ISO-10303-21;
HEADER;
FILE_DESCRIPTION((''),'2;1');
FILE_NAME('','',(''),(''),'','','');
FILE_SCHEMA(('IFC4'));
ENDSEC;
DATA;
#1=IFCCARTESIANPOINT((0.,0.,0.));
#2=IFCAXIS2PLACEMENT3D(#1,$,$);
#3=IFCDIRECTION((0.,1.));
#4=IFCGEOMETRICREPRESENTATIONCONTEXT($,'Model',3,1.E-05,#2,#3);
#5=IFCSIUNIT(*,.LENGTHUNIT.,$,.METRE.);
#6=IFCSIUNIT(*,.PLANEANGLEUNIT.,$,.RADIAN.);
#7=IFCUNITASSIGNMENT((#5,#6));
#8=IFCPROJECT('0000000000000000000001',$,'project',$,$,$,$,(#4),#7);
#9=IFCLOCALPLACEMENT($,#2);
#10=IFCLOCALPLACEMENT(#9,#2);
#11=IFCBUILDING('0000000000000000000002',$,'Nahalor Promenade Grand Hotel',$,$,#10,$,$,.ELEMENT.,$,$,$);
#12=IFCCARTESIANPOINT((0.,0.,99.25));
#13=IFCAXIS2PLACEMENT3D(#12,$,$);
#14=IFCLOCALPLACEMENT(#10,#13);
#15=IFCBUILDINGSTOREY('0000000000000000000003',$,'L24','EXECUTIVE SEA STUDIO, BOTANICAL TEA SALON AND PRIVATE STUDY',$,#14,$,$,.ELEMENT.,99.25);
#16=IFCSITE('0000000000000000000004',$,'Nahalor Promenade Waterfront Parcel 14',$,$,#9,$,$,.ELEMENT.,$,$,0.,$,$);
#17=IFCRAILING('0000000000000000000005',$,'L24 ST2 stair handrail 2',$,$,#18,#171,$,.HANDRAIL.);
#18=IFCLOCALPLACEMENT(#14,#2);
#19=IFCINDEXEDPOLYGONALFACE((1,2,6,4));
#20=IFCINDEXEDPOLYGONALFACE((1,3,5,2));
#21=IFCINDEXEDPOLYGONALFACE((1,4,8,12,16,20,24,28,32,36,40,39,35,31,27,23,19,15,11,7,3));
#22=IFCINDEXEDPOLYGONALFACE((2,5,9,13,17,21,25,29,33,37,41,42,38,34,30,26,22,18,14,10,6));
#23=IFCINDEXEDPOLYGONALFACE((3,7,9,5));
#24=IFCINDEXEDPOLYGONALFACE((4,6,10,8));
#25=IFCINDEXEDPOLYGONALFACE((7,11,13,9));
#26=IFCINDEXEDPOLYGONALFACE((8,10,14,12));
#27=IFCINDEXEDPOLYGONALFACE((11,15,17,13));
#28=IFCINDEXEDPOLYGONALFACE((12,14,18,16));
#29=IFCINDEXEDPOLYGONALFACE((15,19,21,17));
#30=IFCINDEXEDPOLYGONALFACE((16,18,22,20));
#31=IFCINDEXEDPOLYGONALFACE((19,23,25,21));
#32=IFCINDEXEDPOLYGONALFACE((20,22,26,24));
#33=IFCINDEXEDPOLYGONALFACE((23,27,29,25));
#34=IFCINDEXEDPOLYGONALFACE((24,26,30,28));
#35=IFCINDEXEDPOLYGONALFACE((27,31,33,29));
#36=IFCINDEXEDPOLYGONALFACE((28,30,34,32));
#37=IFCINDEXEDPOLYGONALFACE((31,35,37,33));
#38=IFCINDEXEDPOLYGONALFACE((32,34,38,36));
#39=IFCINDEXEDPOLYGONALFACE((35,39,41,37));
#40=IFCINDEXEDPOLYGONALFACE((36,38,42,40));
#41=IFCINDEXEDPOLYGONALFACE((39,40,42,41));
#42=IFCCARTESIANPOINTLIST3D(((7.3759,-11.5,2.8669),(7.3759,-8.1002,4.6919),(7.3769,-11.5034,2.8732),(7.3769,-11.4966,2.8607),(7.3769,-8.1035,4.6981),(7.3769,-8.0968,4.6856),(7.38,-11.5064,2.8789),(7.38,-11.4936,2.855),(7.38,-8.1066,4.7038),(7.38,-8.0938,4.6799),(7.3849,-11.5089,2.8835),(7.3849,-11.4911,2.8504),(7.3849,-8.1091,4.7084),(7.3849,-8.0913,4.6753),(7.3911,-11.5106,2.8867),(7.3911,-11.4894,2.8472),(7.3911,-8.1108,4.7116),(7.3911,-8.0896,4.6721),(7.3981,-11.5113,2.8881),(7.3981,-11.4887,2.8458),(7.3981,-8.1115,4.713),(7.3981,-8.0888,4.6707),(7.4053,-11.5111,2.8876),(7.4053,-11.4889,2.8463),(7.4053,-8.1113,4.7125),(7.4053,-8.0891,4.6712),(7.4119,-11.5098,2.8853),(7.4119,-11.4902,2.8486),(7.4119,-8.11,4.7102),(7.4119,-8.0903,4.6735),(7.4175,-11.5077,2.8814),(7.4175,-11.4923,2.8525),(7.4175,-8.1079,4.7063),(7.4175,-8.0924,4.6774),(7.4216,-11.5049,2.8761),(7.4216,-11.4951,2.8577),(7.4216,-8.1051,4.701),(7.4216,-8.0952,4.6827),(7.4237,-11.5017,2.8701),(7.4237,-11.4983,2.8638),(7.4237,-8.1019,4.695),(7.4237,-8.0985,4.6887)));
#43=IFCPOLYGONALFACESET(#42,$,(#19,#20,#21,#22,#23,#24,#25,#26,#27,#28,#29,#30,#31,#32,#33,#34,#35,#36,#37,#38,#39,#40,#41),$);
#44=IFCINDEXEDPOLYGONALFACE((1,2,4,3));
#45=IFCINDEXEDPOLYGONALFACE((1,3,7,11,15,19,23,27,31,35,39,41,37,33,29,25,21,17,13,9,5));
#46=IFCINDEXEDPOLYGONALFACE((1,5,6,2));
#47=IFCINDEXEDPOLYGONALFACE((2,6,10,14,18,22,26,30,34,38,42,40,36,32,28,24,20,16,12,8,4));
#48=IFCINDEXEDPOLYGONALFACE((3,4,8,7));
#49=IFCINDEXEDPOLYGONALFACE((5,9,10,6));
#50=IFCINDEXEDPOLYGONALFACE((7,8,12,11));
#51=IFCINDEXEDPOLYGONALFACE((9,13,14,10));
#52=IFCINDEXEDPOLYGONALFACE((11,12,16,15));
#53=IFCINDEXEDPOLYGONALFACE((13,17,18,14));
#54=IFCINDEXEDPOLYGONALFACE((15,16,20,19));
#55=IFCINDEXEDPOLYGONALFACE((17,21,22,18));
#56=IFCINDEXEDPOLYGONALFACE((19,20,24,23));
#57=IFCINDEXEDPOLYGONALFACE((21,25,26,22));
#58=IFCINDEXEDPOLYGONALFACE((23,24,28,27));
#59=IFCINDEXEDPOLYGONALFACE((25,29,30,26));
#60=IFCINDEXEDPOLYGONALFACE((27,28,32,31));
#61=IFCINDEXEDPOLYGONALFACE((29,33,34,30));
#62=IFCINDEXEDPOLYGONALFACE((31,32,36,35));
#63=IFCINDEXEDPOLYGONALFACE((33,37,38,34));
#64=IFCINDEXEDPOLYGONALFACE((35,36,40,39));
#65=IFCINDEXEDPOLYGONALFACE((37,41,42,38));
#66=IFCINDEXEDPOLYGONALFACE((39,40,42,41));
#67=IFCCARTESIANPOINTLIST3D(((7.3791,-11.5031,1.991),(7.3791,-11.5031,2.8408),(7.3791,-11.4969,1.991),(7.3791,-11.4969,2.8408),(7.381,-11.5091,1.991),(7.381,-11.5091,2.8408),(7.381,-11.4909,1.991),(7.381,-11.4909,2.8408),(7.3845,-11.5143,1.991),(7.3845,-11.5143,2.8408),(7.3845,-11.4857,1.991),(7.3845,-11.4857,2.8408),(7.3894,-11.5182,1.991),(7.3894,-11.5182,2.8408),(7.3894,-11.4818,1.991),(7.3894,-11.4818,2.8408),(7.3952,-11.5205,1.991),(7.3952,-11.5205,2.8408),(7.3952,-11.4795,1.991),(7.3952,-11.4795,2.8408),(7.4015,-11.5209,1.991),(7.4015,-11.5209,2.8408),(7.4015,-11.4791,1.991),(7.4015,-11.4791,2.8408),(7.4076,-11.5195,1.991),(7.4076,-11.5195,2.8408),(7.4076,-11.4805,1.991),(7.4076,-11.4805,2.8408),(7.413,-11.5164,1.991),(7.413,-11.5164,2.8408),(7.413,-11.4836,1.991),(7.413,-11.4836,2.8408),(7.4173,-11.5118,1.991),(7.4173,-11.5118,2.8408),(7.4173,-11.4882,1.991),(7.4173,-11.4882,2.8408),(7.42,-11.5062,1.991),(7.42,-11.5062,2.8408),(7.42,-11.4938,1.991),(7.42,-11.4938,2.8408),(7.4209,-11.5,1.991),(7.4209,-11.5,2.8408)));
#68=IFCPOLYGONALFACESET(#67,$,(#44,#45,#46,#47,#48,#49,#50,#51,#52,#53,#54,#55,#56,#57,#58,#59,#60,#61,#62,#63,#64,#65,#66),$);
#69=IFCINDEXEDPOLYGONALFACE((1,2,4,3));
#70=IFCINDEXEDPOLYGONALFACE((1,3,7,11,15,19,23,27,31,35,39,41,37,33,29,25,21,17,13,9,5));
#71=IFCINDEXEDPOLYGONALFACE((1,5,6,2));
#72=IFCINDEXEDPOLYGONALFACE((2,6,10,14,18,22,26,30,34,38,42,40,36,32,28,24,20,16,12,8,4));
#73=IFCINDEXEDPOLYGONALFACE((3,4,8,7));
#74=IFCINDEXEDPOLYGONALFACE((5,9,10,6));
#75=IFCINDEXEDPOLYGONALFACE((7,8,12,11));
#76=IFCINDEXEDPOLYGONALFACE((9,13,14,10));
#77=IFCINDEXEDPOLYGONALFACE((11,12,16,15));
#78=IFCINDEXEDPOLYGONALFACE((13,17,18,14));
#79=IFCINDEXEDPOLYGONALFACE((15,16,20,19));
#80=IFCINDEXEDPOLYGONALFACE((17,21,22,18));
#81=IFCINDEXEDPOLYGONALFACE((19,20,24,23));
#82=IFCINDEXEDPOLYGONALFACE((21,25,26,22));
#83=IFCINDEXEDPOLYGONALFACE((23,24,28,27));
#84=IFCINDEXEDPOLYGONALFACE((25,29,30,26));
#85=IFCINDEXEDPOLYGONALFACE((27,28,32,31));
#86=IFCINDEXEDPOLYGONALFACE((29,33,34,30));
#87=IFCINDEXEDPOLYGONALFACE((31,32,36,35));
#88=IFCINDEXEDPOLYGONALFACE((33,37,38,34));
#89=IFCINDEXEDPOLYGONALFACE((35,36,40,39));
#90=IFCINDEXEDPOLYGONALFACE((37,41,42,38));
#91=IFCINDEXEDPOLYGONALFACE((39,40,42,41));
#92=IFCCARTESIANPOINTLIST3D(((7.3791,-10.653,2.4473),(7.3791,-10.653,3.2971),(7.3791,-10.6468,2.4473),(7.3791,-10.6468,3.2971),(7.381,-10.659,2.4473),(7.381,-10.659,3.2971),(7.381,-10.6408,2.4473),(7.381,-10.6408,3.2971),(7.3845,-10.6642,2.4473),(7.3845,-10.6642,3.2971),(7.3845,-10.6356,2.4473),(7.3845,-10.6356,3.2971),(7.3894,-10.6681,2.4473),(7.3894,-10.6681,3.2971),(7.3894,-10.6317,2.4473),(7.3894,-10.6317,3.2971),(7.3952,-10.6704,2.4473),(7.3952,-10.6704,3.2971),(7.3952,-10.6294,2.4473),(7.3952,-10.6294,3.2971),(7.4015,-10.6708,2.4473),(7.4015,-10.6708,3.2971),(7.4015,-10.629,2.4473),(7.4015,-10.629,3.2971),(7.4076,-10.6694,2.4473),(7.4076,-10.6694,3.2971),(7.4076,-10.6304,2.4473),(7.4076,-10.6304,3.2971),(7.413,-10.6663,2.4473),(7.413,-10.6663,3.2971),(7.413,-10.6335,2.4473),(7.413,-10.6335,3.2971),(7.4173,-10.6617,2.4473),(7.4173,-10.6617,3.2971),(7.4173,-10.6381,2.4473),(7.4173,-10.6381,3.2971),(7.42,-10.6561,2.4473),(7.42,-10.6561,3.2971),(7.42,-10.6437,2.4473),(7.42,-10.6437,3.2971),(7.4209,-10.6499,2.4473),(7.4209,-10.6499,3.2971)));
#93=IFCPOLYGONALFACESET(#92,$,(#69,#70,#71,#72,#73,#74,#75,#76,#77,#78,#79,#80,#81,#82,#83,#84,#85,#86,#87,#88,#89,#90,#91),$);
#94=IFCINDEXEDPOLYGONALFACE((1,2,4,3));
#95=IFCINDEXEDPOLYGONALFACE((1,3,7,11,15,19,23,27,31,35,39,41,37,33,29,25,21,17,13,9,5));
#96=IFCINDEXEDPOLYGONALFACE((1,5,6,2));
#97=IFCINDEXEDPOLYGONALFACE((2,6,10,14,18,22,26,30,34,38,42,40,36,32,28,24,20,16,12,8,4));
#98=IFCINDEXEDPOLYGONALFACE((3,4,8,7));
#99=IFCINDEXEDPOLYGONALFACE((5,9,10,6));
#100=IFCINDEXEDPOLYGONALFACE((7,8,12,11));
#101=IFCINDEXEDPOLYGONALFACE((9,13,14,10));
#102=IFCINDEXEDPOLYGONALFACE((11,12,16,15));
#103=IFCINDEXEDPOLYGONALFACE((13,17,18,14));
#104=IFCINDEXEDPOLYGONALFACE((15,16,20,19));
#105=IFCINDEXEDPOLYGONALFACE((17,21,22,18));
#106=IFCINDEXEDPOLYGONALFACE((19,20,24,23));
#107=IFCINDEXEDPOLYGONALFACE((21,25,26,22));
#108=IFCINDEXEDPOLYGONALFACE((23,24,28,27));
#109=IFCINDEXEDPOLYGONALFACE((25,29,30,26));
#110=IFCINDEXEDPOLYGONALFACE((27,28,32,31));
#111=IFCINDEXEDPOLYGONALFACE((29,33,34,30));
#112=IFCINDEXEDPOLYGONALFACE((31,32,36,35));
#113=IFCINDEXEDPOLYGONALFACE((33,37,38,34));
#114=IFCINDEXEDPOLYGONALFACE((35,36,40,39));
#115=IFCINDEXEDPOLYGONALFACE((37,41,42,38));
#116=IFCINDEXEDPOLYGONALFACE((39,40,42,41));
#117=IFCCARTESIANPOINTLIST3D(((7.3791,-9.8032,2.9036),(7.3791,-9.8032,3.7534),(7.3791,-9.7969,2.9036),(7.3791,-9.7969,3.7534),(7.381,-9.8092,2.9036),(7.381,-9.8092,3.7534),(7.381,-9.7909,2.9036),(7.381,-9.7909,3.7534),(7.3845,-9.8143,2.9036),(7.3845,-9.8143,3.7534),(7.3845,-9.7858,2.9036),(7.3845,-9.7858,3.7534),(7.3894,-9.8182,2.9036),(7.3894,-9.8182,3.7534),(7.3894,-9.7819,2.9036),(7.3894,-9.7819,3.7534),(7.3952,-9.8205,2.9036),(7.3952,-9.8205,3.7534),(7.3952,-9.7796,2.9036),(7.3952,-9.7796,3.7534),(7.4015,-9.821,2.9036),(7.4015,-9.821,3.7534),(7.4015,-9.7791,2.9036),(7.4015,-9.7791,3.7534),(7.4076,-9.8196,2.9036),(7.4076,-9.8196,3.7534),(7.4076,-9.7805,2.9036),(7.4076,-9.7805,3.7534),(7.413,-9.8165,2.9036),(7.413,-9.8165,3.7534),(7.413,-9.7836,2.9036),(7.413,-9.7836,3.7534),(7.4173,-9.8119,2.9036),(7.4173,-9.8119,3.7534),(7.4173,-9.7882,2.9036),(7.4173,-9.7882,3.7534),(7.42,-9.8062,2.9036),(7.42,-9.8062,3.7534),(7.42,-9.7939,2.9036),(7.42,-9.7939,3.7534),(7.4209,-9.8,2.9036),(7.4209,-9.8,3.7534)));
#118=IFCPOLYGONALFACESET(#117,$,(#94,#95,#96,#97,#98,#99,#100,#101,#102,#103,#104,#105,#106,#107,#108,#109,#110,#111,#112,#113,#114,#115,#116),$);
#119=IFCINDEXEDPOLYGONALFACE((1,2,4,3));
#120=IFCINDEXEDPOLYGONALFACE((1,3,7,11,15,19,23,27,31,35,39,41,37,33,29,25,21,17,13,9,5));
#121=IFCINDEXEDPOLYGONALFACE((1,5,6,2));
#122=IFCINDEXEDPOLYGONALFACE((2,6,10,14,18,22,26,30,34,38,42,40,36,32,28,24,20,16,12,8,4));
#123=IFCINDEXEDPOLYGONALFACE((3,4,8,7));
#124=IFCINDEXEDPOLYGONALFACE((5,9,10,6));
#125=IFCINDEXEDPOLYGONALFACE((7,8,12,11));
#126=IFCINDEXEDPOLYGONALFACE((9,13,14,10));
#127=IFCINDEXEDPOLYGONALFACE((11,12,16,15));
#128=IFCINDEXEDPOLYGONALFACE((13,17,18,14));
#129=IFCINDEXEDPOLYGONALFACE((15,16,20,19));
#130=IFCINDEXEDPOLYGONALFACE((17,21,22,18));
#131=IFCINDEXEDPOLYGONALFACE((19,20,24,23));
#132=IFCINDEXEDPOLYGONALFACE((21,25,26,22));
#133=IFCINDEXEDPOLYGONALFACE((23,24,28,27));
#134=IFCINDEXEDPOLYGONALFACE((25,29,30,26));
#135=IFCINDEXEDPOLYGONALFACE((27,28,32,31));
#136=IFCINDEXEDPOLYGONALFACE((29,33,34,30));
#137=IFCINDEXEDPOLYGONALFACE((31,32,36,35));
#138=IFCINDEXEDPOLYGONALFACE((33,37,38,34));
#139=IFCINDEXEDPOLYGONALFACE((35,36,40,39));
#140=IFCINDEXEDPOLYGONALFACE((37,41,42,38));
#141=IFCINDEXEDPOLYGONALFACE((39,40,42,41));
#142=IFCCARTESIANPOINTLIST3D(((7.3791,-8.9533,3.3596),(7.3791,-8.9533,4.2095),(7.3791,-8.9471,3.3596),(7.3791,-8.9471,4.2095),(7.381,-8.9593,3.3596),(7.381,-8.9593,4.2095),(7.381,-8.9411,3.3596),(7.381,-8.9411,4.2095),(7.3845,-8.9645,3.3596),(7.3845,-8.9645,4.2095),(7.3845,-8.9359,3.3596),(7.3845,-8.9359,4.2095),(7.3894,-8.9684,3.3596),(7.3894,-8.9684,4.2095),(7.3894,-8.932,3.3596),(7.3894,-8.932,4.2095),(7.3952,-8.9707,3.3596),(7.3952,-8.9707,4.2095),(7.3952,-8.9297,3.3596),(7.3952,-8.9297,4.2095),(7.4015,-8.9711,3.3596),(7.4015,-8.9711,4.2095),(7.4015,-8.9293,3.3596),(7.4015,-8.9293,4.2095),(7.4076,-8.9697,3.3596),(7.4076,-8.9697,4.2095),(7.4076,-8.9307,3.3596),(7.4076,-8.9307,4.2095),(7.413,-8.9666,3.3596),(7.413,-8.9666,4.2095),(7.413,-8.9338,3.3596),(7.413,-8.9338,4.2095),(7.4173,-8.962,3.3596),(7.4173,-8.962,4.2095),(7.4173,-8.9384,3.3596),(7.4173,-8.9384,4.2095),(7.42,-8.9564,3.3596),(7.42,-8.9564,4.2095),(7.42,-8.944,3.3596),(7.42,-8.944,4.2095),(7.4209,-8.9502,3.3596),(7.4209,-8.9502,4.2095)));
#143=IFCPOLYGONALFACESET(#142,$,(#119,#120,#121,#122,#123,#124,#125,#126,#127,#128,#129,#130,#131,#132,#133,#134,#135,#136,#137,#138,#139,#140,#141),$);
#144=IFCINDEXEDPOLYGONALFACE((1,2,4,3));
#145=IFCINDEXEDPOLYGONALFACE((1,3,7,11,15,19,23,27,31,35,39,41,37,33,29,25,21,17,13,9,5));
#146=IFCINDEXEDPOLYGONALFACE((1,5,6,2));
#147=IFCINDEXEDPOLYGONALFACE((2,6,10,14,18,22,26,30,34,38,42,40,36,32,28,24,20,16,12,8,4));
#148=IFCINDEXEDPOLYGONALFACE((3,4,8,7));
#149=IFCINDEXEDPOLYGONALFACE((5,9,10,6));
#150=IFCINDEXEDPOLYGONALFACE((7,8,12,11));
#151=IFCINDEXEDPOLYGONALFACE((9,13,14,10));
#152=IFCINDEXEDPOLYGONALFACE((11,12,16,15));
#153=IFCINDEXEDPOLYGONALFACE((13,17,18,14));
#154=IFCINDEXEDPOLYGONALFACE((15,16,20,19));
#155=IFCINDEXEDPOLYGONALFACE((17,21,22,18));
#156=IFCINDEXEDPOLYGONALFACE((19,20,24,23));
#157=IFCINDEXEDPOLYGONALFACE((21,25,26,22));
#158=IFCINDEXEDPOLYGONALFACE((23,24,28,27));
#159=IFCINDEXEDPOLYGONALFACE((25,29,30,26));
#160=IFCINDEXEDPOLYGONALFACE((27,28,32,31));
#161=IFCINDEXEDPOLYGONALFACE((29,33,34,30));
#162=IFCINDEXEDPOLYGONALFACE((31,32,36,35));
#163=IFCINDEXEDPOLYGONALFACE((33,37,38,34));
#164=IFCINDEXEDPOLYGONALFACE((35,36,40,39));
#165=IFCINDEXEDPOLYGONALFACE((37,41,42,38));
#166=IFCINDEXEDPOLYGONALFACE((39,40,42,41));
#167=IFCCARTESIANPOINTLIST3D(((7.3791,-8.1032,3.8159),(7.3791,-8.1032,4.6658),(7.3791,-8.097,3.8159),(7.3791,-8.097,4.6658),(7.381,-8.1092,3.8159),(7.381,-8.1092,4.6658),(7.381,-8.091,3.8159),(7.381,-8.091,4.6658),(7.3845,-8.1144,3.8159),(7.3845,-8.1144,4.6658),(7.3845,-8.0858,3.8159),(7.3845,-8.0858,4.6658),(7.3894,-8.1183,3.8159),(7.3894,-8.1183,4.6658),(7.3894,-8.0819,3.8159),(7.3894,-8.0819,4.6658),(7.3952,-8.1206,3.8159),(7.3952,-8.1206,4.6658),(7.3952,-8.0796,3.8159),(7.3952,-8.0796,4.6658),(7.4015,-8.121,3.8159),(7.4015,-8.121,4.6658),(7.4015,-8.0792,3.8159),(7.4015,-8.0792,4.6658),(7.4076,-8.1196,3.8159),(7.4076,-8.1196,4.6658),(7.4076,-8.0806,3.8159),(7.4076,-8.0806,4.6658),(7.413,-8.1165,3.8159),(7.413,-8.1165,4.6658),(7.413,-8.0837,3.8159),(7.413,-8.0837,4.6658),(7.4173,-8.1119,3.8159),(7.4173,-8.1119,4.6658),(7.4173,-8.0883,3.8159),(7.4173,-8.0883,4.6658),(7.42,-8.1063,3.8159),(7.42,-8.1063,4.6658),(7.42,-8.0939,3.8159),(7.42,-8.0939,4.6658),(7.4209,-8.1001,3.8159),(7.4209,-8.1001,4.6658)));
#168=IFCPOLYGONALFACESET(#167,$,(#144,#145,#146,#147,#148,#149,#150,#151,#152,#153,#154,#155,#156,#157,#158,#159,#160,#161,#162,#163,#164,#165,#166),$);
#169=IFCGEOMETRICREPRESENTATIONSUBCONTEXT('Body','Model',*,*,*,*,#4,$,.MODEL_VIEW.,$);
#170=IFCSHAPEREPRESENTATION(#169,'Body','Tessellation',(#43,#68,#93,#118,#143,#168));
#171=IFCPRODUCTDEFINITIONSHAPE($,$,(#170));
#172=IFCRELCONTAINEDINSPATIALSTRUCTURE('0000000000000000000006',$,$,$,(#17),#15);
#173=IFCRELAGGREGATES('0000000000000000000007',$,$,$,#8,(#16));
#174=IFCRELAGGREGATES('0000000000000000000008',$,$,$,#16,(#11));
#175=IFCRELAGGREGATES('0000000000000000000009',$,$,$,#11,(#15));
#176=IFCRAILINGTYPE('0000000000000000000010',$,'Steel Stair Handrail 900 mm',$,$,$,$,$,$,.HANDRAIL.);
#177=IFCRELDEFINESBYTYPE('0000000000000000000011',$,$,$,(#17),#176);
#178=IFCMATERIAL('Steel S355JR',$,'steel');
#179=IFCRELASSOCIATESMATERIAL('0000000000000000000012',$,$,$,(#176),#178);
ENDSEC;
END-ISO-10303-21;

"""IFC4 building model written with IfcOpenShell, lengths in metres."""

from ifc_helpers import new_model, si_unit, direction, frame, origin, origin_2d, place, context, subcontext, project, spatial, circle, extrude, material, type_object, element, save


model = new_model("IFC4")

# Units and contexts
model_context = context("Model", 3, precision=1e-05, world=origin(), true_north=direction((0.0, 1.0)))
body_context = subcontext(model_context, "Body", "Model", "MODEL_VIEW")
ifc_project = project(units=[si_unit("LENGTHUNIT", "METRE"), si_unit("PLANEANGLEUNIT", "RADIAN")], contexts=[model_context])

# Site, building, storey
site_placement = place(None, origin())
site = spatial("IfcSite", under=ifc_project, at=site_placement, Name="Nahalor Promenade Waterfront Parcel 14", CompositionType="ELEMENT", RefElevation=0.0)
building_placement = place(site_placement, origin())
building = spatial("IfcBuilding", under=site, at=building_placement, Name="Nahalor Promenade Grand Hotel", CompositionType="ELEMENT")
storey_placement = place(building_placement, frame((0.0, 0.0, 99.25)))
storey = spatial("IfcBuildingStorey", under=building, at=storey_placement, Name="L24", Description="EXECUTIVE SEA STUDIO, BOTANICAL TEA SALON AND PRIVATE STUDY", CompositionType="ELEMENT", Elevation=99.25)

# Shared definitions
ifc_material_1 = material(Name="Steel S355JR", Category="steel")

# Railing
railing_type_1 = type_object("IfcRailingType", Name="Steel Stair Handrail 900 mm", PredefinedType="HANDRAIL", material=ifc_material_1)
railing_1_placement = place(storey_placement, frame((7.3999, -11.5, 1.991)))
element("IfcRailing", 1, at=railing_1_placement, inside=storey, type_object=railing_type_1, Name="L24 ST2 stair handrail 2", PredefinedType="HANDRAIL", context=body_context, shape_type="SweptSolid", body=[
    extrude(circle(Radius=0.024, at=origin_2d()), frame((0.0, 0.0, 0.876), z_axis=(0.0, 0.881094, 0.472941), x_axis=(-1.0, 0.0, 0.0)), (0.0, 0.0, 1.0), 3.8586),
    extrude(circle(Radius=0.021, at=origin_2d()), origin(), (0.0, 0.0, 1.0), 0.8499),
    extrude(circle(Radius=0.021, at=origin_2d()), frame((0.0, 0.8501, 0.4563)), (0.0, 0.0, 1.0), 0.8499),
    extrude(circle(Radius=0.021, at=origin_2d()), frame((0.0, 1.7, 0.9126)), (0.0, 0.0, 1.0), 0.8499),
    extrude(circle(Radius=0.021, at=origin_2d()), frame((0.0, 2.5498, 1.3687)), (0.0, 0.0, 1.0), 0.8499),
    extrude(circle(Radius=0.021, at=origin_2d()), frame((0.0, 3.3999, 1.825)), (0.0, 0.0, 1.0), 0.8499),
])

save(model, "model.ifc")
